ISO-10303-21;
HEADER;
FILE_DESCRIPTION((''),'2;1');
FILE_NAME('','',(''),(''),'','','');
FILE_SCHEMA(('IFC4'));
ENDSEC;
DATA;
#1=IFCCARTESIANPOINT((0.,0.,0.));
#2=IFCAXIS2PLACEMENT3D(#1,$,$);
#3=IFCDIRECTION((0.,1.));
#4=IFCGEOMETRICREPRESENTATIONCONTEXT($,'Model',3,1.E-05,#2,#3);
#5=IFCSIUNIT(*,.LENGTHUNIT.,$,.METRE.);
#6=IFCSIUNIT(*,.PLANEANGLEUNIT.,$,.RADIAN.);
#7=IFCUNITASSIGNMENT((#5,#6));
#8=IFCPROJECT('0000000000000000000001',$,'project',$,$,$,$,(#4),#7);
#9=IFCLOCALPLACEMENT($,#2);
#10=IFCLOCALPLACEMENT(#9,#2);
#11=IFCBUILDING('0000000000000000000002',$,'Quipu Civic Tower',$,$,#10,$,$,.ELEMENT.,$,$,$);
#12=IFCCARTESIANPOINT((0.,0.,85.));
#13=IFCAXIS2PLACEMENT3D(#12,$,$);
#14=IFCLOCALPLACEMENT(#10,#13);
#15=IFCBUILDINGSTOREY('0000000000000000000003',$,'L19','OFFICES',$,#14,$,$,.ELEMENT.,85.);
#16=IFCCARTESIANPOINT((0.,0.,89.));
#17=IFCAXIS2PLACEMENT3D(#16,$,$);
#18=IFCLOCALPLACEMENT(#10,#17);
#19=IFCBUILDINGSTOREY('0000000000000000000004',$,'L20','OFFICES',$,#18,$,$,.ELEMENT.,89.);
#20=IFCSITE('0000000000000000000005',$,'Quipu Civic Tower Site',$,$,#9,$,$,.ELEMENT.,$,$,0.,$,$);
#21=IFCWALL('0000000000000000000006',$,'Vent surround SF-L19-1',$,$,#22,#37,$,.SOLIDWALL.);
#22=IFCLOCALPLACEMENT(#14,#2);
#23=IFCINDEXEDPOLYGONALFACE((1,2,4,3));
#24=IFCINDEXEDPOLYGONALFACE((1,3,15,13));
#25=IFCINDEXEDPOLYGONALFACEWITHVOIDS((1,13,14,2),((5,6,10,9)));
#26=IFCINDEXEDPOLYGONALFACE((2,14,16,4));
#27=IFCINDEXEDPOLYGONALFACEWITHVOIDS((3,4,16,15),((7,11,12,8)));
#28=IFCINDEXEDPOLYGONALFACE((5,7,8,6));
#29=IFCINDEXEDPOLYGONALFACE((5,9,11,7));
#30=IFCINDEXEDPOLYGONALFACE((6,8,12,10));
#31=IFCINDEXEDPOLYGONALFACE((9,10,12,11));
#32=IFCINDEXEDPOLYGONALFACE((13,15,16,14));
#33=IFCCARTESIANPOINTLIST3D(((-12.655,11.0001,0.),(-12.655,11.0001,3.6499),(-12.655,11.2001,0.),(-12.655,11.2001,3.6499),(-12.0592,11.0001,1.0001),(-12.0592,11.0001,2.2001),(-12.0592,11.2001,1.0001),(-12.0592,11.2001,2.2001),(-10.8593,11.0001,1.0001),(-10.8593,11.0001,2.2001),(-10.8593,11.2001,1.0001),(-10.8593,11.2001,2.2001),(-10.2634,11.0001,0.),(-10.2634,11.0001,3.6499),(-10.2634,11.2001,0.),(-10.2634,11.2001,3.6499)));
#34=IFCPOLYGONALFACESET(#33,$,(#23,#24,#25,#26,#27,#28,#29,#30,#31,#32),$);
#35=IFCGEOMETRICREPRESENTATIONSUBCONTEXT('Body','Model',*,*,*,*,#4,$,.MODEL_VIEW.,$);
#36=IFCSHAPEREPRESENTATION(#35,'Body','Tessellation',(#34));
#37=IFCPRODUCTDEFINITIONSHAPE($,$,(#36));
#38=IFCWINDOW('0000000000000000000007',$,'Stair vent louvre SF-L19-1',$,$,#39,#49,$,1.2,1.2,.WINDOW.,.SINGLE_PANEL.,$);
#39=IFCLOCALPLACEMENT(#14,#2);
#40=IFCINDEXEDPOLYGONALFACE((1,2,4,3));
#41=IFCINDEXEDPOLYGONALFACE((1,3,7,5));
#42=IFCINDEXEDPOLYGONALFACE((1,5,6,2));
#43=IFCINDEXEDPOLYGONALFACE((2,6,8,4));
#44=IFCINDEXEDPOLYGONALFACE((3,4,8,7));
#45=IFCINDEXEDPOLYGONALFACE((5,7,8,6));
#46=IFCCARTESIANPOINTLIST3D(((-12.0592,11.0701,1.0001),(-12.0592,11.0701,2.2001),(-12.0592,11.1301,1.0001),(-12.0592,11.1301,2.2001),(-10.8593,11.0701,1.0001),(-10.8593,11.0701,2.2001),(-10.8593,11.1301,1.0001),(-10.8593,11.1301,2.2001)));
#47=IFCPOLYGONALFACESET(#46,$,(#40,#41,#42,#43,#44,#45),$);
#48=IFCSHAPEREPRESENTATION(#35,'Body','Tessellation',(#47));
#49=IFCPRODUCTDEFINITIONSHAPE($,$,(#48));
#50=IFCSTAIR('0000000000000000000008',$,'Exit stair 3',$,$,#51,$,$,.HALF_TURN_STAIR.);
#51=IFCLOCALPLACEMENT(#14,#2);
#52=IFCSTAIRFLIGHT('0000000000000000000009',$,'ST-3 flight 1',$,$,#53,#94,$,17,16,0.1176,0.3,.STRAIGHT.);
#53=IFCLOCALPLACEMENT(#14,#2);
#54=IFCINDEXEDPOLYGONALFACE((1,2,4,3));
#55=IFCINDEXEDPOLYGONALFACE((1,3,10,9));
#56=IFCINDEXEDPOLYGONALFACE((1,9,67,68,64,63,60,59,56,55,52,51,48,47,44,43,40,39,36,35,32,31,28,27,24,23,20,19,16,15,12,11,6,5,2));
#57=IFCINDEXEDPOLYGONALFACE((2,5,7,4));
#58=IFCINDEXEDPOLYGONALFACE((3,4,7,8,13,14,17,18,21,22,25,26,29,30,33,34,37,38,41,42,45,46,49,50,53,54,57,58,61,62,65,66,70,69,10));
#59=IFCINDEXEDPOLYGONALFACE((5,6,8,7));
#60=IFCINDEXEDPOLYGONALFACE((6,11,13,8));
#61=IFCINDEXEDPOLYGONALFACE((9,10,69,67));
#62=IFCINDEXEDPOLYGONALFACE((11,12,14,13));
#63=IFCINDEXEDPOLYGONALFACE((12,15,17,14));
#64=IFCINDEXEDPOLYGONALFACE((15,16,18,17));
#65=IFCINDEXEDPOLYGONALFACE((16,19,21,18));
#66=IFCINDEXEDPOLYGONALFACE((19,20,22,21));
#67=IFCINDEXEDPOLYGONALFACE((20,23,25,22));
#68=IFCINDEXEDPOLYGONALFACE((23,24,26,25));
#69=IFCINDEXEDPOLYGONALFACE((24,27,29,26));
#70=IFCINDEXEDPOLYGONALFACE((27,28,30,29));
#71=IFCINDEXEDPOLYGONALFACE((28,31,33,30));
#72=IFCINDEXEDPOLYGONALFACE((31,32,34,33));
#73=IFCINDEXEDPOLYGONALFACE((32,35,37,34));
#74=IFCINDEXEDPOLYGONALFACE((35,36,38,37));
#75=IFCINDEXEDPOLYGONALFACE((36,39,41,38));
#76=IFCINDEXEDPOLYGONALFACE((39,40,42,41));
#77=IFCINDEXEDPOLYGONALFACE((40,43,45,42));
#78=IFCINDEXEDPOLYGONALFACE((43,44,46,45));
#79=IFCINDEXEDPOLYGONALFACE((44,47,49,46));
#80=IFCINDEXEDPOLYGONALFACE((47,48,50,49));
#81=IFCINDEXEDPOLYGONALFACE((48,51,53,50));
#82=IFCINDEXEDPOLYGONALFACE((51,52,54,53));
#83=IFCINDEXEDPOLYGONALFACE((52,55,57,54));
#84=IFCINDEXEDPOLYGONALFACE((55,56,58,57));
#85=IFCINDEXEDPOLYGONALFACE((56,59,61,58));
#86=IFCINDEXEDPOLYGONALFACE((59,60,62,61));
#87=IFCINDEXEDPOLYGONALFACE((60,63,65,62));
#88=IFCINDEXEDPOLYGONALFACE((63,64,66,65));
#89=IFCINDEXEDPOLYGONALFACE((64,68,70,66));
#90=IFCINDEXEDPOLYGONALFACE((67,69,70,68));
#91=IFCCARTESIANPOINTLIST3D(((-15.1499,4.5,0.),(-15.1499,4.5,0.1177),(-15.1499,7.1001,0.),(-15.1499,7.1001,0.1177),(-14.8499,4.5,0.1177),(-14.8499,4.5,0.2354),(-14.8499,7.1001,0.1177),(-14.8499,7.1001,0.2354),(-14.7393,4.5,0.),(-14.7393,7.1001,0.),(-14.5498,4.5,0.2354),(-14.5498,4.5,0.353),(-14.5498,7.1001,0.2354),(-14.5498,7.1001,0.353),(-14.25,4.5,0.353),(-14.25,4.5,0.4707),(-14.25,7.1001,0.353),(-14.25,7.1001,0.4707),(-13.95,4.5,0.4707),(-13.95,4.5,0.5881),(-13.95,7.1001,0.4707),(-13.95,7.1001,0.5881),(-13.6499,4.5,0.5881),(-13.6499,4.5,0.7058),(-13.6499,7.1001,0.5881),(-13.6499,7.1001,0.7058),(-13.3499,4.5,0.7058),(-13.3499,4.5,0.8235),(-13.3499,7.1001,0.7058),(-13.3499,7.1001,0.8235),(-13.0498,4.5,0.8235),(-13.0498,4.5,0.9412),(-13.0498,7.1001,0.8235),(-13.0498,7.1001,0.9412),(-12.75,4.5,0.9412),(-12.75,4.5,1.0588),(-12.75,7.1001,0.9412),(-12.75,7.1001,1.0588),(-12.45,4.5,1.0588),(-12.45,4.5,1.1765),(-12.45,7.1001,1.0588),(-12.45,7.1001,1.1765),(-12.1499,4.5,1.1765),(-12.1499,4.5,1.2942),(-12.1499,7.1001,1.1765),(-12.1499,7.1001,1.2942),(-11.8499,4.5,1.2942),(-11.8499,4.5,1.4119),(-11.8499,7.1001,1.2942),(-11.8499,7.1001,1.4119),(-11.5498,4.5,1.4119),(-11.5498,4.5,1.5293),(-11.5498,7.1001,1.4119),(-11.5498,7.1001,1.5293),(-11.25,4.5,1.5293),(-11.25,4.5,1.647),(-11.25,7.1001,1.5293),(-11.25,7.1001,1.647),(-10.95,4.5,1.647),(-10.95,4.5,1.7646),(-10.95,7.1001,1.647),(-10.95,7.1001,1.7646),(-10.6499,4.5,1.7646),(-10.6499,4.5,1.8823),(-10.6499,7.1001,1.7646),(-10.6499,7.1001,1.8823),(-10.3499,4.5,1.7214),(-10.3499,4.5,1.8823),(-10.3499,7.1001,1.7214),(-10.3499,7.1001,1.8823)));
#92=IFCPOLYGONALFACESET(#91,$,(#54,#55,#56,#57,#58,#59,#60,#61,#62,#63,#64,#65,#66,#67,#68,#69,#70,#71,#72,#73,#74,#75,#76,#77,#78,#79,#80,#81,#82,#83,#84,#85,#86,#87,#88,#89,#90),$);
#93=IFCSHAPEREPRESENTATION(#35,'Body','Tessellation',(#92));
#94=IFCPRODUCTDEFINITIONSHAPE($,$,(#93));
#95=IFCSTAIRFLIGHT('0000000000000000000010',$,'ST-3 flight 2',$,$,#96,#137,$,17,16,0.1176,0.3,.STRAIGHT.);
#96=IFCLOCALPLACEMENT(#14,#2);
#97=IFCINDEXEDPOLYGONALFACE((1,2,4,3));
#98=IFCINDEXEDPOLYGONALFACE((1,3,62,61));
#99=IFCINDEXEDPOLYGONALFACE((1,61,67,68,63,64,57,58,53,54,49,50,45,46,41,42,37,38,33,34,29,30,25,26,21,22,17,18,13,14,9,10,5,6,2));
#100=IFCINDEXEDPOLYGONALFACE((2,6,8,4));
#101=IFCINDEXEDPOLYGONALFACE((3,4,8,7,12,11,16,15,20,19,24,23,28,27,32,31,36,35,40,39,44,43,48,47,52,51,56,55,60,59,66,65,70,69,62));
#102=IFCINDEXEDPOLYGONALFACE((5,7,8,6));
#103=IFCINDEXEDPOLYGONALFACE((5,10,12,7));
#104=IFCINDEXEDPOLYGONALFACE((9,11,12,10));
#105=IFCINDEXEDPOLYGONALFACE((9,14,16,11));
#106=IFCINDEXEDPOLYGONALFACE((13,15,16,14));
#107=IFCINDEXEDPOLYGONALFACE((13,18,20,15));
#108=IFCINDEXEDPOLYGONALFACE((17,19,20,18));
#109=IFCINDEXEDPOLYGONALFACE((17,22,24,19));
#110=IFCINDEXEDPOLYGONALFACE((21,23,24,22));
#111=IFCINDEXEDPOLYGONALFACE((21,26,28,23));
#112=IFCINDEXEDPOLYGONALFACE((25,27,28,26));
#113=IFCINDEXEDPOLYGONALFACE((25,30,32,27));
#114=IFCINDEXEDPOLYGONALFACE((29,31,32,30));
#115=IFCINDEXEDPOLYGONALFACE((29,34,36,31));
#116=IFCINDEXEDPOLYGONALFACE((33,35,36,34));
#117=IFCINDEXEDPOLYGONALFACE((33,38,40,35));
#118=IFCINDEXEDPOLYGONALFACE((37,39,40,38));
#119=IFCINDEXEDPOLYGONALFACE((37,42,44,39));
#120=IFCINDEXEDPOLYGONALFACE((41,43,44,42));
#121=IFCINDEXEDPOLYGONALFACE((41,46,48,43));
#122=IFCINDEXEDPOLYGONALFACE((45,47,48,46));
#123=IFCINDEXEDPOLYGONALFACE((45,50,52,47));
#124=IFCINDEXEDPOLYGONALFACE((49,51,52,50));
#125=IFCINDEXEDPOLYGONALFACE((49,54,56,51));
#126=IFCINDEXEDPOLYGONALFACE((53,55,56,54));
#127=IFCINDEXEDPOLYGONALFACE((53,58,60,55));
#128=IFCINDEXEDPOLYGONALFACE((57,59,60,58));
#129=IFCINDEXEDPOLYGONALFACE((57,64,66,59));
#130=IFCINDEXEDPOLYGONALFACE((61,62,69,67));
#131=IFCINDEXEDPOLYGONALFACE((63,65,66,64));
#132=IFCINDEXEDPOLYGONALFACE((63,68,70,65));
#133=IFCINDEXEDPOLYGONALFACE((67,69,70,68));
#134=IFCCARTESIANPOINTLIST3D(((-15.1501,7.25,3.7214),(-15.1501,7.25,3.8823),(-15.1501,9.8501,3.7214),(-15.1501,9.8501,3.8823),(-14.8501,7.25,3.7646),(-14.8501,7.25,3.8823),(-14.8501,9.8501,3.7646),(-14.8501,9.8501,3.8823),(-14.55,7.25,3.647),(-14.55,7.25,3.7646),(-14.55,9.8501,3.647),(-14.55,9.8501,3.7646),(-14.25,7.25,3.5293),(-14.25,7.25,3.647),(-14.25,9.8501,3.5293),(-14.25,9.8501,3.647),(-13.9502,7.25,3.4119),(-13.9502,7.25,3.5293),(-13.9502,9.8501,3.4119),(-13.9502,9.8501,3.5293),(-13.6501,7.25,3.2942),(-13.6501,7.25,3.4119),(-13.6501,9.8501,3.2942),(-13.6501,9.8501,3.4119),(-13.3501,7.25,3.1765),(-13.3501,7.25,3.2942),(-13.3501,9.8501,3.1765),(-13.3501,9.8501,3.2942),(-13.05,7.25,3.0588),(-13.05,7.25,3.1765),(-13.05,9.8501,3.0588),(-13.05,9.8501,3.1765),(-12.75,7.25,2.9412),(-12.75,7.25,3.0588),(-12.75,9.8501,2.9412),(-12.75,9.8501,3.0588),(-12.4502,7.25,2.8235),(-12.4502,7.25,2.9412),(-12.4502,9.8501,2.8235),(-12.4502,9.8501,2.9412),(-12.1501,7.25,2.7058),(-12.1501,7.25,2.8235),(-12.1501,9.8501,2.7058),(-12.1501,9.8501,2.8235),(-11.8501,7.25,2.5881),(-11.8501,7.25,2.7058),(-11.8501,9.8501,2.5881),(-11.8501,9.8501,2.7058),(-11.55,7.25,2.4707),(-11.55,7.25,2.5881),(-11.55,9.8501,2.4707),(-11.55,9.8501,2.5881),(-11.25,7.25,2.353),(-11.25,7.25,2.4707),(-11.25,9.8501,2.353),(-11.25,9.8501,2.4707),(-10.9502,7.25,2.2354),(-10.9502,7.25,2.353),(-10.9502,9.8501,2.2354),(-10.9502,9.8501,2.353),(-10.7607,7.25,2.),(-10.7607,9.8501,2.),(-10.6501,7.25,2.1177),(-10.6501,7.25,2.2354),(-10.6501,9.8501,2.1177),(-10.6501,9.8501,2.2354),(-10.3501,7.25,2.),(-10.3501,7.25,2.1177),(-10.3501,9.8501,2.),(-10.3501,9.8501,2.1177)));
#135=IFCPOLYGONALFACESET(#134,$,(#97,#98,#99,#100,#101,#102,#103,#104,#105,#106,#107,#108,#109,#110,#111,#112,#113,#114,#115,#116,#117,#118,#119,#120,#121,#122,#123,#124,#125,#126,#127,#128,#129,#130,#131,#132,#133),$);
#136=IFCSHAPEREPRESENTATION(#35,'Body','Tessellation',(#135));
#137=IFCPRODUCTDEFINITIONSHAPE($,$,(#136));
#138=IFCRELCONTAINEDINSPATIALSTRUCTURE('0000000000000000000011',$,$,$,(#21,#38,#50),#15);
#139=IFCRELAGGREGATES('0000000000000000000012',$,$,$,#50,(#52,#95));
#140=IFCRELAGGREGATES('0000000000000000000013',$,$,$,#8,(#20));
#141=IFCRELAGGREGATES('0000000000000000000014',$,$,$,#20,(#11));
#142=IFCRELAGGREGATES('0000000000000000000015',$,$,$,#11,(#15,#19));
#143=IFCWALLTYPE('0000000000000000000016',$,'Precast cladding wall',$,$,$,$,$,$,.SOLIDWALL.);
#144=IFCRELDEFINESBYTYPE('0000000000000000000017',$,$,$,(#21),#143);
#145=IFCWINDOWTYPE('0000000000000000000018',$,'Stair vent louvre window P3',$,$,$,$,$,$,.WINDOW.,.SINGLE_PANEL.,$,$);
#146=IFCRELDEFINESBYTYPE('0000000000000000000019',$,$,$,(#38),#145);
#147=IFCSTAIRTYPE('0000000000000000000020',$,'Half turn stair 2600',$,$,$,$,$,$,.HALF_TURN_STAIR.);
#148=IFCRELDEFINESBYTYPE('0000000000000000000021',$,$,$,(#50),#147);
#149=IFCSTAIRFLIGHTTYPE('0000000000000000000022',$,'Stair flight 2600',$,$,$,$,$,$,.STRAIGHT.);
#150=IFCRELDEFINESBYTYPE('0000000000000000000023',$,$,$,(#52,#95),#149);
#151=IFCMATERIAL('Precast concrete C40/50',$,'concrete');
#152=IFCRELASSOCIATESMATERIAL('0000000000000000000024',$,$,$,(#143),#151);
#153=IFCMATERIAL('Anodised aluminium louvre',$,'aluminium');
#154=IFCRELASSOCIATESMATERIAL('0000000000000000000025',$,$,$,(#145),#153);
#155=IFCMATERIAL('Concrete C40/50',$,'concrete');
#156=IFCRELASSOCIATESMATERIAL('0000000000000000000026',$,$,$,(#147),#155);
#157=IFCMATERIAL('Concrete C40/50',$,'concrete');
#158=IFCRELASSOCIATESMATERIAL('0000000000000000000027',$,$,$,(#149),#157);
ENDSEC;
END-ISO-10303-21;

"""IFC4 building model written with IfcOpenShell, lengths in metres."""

from ifc_helpers import new_model, si_unit, direction, frame, frame_2d, origin, place, context, subcontext, project, spatial, polyline, rectangle, outline, extrude, material, type_object, element, fill, aggregate, save


model = new_model("IFC4")

# Units and contexts
model_context = context("Model", 3, precision=1e-05, world=origin(), true_north=direction((0.0, 1.0)))
body_context = subcontext(model_context, "Body", "Model", "MODEL_VIEW")
ifc_project = project(units=[si_unit("LENGTHUNIT", "METRE"), si_unit("PLANEANGLEUNIT", "RADIAN")], contexts=[model_context])

# Site, building, storey
site_placement = place(None, origin())
site = spatial("IfcSite", under=ifc_project, at=site_placement, Name="Quipu Civic Tower Site", CompositionType="ELEMENT", RefElevation=0.0)
building_placement = place(site_placement, origin())
building = spatial("IfcBuilding", under=site, at=building_placement, Name="Quipu Civic Tower", CompositionType="ELEMENT")
storey_1_placement = place(building_placement, frame((0.0, 0.0, 85.0)))
storey_1 = spatial("IfcBuildingStorey", under=building, at=storey_1_placement, Name="L19", Description="OFFICES", CompositionType="ELEMENT", Elevation=85.0)

# Shared definitions
storey_2_placement = place(building_placement, frame((0.0, 0.0, 89.0)))
storey_2 = spatial("IfcBuildingStorey", under=building, at=storey_2_placement, Name="L20", Description="OFFICES", CompositionType="ELEMENT", Elevation=89.0)

# Wall, opening, window
ifc_material_1 = material(Name="Precast concrete C40/50", Category="concrete")
wall_type_1 = type_object("IfcWallType", Name="Precast cladding wall", PredefinedType="SOLIDWALL", material=ifc_material_1)
wall_1_placement = place(storey_1_placement, frame((-10.2634, 11.1001, 0.0), z_axis=(0.0, 0.0, 1.0), x_axis=(-1.0, 0.0, 0.0)))
wall_1 = element("IfcWall", 1, at=wall_1_placement, inside=storey_1, type_object=wall_type_1, Name="Vent surround SF-L19-1", PredefinedType="SOLIDWALL", context=body_context, shape_type="SweptSolid", body=[
    extrude(rectangle(XDim=2.3916, YDim=0.2, at=frame_2d((1.1958, 0.0))), origin(), (0.0, 0.0, 1.0), 3.6499),
])
opening_1_placement = place(wall_1_placement, frame((0.5957, 0.0, 1.0)))
opening_1 = element("IfcOpeningElement", 2, at=opening_1_placement, cuts=wall_1, PredefinedType="OPENING", context=body_context, shape_type="SweptSolid", body=[
    extrude(rectangle(XDim=1.2, YDim=1.2, at=frame_2d((0.6001, 0.6001))), frame((0.0, 0.1099, 0.0), z_axis=(0.0, -1.0, 0.0), x_axis=(1.0, 0.0, 0.0)), (0.0, 0.0, 1.0), 0.22),
])
ifc_material_2 = material(Name="Anodised aluminium louvre", Category="aluminium")
window_type_1 = type_object("IfcWindowType", Name="Stair vent louvre window P3", PartitioningType="SINGLE_PANEL", PredefinedType="WINDOW", material=ifc_material_2)
window_1_placement = place(opening_1_placement, origin())
window_1 = element("IfcWindow", 3, at=window_1_placement, inside=storey_1, type_object=window_type_1, Name="Stair vent louvre SF-L19-1", OverallHeight=1.2, OverallWidth=1.2, PartitioningType="SINGLE_PANEL", PredefinedType="WINDOW", context=body_context, shape_type="SweptSolid", body=[
    extrude(rectangle(XDim=1.2, YDim=1.2, at=frame_2d((0.6001, 0.6001))), frame((0.0, 0.03, 0.0), z_axis=(0.0, -1.0, 0.0), x_axis=(1.0, 0.0, 0.0)), (0.0, 0.0, 1.0), 0.0601),
])
fill(opening_1, window_1)

# Stair, stair flights
ifc_material_3 = material(Name="Concrete C40/50", Category="concrete")
stair_type = type_object("IfcStairType", Name="Half turn stair 2600", PredefinedType="HALF_TURN_STAIR", material=ifc_material_3)
stair_placement = place(storey_1_placement, origin())
stair = element("IfcStair", 4, at=stair_placement, inside=storey_1, type_object=stair_type, Name="Exit stair 3", PredefinedType="HALF_TURN_STAIR")
ifc_material_4 = material(Name="Concrete C40/50", Category="concrete")
stair_flight_type = type_object("IfcStairFlightType", Name="Stair flight 2600", PredefinedType="STRAIGHT", material=ifc_material_4)
stair_flight_1_placement = place(storey_1_placement, frame((-15.1499, 5.8, 0.0), z_axis=(0.0, 0.0, 1.0), x_axis=(1.0, 0.0, 0.0)))
stair_flight_1 = element("IfcStairFlight", 5, at=stair_flight_1_placement, type_object=stair_flight_type, Name="ST-3 flight 1", NumberOfRisers=17, NumberOfTreads=16, PredefinedType="STRAIGHT", RiserHeight=0.1176, TreadLength=0.3, context=body_context, shape_type="SweptSolid", body=[
    extrude(outline(polyline([(0.0, 0.0), (0.0, 0.1177), (0.3, 0.1177), (0.3, 0.2354), (0.6001, 0.2354), (0.6001, 0.353), (0.8999, 0.353), (0.8999, 0.4707), (1.2, 0.4707), (1.2, 0.5881), (1.5, 0.5881), (1.5, 0.7058), (1.8, 0.7058), (1.8, 0.8235), (2.1001, 0.8235), (2.1001, 0.9412), (2.3999, 0.9412), (2.3999, 1.0588), (2.7, 1.0588), (2.7, 1.1765), (3.0, 1.1765), (3.0, 1.2942), (3.3, 1.2942), (3.3, 1.4119), (3.6001, 1.4119), (3.6001, 1.5293), (3.8999, 1.5293), (3.8999, 1.647), (4.2, 1.647), (4.2, 1.7646), (4.5, 1.7646), (4.5, 1.8823), (4.8, 1.8823), (4.8, 2.0), (4.8, 1.7214), (0.4106, 0.0), (0.0, 0.0)])), frame((0.0, 1.3, 0.0), z_axis=(0.0, -1.0, 0.0), x_axis=(1.0, 0.0, 0.0)), (0.0, 0.0, 1.0), 2.6001),
])
stair_flight_2_placement = place(storey_1_placement, frame((-10.3501, 8.55, 2.0), z_axis=(0.0, 0.0, 1.0), x_axis=(-1.0, 0.0, 0.0)))
stair_flight_2 = element("IfcStairFlight", 6, at=stair_flight_2_placement, type_object=stair_flight_type, Name="ST-3 flight 2", NumberOfRisers=17, NumberOfTreads=16, PredefinedType="STRAIGHT", RiserHeight=0.1176, TreadLength=0.3, context=body_context, shape_type="SweptSolid", body=[
    extrude(outline(polyline([(0.0, 0.0), (0.0, 0.1177), (0.3, 0.1177), (0.3, 0.2354), (0.6001, 0.2354), (0.6001, 0.353), (0.8999, 0.353), (0.8999, 0.4707), (1.2, 0.4707), (1.2, 0.5881), (1.5, 0.5881), (1.5, 0.7058), (1.8, 0.7058), (1.8, 0.8235), (2.1001, 0.8235), (2.1001, 0.9412), (2.3999, 0.9412), (2.3999, 1.0588), (2.7, 1.0588), (2.7, 1.1765), (3.0, 1.1765), (3.0, 1.2942), (3.3, 1.2942), (3.3, 1.4119), (3.6001, 1.4119), (3.6001, 1.5293), (3.8999, 1.5293), (3.8999, 1.647), (4.2, 1.647), (4.2, 1.7646), (4.5, 1.7646), (4.5, 1.8823), (4.8, 1.8823), (4.8, 2.0), (4.8, 1.7214), (0.4106, 0.0), (0.0, 0.0)])), frame((0.0, 1.3, 0.0), z_axis=(0.0, -1.0, 0.0), x_axis=(1.0, 0.0, 0.0)), (0.0, 0.0, 1.0), 2.6001),
])
aggregate(stair, [stair_flight_1, stair_flight_2])

save(model, "model.ifc")
